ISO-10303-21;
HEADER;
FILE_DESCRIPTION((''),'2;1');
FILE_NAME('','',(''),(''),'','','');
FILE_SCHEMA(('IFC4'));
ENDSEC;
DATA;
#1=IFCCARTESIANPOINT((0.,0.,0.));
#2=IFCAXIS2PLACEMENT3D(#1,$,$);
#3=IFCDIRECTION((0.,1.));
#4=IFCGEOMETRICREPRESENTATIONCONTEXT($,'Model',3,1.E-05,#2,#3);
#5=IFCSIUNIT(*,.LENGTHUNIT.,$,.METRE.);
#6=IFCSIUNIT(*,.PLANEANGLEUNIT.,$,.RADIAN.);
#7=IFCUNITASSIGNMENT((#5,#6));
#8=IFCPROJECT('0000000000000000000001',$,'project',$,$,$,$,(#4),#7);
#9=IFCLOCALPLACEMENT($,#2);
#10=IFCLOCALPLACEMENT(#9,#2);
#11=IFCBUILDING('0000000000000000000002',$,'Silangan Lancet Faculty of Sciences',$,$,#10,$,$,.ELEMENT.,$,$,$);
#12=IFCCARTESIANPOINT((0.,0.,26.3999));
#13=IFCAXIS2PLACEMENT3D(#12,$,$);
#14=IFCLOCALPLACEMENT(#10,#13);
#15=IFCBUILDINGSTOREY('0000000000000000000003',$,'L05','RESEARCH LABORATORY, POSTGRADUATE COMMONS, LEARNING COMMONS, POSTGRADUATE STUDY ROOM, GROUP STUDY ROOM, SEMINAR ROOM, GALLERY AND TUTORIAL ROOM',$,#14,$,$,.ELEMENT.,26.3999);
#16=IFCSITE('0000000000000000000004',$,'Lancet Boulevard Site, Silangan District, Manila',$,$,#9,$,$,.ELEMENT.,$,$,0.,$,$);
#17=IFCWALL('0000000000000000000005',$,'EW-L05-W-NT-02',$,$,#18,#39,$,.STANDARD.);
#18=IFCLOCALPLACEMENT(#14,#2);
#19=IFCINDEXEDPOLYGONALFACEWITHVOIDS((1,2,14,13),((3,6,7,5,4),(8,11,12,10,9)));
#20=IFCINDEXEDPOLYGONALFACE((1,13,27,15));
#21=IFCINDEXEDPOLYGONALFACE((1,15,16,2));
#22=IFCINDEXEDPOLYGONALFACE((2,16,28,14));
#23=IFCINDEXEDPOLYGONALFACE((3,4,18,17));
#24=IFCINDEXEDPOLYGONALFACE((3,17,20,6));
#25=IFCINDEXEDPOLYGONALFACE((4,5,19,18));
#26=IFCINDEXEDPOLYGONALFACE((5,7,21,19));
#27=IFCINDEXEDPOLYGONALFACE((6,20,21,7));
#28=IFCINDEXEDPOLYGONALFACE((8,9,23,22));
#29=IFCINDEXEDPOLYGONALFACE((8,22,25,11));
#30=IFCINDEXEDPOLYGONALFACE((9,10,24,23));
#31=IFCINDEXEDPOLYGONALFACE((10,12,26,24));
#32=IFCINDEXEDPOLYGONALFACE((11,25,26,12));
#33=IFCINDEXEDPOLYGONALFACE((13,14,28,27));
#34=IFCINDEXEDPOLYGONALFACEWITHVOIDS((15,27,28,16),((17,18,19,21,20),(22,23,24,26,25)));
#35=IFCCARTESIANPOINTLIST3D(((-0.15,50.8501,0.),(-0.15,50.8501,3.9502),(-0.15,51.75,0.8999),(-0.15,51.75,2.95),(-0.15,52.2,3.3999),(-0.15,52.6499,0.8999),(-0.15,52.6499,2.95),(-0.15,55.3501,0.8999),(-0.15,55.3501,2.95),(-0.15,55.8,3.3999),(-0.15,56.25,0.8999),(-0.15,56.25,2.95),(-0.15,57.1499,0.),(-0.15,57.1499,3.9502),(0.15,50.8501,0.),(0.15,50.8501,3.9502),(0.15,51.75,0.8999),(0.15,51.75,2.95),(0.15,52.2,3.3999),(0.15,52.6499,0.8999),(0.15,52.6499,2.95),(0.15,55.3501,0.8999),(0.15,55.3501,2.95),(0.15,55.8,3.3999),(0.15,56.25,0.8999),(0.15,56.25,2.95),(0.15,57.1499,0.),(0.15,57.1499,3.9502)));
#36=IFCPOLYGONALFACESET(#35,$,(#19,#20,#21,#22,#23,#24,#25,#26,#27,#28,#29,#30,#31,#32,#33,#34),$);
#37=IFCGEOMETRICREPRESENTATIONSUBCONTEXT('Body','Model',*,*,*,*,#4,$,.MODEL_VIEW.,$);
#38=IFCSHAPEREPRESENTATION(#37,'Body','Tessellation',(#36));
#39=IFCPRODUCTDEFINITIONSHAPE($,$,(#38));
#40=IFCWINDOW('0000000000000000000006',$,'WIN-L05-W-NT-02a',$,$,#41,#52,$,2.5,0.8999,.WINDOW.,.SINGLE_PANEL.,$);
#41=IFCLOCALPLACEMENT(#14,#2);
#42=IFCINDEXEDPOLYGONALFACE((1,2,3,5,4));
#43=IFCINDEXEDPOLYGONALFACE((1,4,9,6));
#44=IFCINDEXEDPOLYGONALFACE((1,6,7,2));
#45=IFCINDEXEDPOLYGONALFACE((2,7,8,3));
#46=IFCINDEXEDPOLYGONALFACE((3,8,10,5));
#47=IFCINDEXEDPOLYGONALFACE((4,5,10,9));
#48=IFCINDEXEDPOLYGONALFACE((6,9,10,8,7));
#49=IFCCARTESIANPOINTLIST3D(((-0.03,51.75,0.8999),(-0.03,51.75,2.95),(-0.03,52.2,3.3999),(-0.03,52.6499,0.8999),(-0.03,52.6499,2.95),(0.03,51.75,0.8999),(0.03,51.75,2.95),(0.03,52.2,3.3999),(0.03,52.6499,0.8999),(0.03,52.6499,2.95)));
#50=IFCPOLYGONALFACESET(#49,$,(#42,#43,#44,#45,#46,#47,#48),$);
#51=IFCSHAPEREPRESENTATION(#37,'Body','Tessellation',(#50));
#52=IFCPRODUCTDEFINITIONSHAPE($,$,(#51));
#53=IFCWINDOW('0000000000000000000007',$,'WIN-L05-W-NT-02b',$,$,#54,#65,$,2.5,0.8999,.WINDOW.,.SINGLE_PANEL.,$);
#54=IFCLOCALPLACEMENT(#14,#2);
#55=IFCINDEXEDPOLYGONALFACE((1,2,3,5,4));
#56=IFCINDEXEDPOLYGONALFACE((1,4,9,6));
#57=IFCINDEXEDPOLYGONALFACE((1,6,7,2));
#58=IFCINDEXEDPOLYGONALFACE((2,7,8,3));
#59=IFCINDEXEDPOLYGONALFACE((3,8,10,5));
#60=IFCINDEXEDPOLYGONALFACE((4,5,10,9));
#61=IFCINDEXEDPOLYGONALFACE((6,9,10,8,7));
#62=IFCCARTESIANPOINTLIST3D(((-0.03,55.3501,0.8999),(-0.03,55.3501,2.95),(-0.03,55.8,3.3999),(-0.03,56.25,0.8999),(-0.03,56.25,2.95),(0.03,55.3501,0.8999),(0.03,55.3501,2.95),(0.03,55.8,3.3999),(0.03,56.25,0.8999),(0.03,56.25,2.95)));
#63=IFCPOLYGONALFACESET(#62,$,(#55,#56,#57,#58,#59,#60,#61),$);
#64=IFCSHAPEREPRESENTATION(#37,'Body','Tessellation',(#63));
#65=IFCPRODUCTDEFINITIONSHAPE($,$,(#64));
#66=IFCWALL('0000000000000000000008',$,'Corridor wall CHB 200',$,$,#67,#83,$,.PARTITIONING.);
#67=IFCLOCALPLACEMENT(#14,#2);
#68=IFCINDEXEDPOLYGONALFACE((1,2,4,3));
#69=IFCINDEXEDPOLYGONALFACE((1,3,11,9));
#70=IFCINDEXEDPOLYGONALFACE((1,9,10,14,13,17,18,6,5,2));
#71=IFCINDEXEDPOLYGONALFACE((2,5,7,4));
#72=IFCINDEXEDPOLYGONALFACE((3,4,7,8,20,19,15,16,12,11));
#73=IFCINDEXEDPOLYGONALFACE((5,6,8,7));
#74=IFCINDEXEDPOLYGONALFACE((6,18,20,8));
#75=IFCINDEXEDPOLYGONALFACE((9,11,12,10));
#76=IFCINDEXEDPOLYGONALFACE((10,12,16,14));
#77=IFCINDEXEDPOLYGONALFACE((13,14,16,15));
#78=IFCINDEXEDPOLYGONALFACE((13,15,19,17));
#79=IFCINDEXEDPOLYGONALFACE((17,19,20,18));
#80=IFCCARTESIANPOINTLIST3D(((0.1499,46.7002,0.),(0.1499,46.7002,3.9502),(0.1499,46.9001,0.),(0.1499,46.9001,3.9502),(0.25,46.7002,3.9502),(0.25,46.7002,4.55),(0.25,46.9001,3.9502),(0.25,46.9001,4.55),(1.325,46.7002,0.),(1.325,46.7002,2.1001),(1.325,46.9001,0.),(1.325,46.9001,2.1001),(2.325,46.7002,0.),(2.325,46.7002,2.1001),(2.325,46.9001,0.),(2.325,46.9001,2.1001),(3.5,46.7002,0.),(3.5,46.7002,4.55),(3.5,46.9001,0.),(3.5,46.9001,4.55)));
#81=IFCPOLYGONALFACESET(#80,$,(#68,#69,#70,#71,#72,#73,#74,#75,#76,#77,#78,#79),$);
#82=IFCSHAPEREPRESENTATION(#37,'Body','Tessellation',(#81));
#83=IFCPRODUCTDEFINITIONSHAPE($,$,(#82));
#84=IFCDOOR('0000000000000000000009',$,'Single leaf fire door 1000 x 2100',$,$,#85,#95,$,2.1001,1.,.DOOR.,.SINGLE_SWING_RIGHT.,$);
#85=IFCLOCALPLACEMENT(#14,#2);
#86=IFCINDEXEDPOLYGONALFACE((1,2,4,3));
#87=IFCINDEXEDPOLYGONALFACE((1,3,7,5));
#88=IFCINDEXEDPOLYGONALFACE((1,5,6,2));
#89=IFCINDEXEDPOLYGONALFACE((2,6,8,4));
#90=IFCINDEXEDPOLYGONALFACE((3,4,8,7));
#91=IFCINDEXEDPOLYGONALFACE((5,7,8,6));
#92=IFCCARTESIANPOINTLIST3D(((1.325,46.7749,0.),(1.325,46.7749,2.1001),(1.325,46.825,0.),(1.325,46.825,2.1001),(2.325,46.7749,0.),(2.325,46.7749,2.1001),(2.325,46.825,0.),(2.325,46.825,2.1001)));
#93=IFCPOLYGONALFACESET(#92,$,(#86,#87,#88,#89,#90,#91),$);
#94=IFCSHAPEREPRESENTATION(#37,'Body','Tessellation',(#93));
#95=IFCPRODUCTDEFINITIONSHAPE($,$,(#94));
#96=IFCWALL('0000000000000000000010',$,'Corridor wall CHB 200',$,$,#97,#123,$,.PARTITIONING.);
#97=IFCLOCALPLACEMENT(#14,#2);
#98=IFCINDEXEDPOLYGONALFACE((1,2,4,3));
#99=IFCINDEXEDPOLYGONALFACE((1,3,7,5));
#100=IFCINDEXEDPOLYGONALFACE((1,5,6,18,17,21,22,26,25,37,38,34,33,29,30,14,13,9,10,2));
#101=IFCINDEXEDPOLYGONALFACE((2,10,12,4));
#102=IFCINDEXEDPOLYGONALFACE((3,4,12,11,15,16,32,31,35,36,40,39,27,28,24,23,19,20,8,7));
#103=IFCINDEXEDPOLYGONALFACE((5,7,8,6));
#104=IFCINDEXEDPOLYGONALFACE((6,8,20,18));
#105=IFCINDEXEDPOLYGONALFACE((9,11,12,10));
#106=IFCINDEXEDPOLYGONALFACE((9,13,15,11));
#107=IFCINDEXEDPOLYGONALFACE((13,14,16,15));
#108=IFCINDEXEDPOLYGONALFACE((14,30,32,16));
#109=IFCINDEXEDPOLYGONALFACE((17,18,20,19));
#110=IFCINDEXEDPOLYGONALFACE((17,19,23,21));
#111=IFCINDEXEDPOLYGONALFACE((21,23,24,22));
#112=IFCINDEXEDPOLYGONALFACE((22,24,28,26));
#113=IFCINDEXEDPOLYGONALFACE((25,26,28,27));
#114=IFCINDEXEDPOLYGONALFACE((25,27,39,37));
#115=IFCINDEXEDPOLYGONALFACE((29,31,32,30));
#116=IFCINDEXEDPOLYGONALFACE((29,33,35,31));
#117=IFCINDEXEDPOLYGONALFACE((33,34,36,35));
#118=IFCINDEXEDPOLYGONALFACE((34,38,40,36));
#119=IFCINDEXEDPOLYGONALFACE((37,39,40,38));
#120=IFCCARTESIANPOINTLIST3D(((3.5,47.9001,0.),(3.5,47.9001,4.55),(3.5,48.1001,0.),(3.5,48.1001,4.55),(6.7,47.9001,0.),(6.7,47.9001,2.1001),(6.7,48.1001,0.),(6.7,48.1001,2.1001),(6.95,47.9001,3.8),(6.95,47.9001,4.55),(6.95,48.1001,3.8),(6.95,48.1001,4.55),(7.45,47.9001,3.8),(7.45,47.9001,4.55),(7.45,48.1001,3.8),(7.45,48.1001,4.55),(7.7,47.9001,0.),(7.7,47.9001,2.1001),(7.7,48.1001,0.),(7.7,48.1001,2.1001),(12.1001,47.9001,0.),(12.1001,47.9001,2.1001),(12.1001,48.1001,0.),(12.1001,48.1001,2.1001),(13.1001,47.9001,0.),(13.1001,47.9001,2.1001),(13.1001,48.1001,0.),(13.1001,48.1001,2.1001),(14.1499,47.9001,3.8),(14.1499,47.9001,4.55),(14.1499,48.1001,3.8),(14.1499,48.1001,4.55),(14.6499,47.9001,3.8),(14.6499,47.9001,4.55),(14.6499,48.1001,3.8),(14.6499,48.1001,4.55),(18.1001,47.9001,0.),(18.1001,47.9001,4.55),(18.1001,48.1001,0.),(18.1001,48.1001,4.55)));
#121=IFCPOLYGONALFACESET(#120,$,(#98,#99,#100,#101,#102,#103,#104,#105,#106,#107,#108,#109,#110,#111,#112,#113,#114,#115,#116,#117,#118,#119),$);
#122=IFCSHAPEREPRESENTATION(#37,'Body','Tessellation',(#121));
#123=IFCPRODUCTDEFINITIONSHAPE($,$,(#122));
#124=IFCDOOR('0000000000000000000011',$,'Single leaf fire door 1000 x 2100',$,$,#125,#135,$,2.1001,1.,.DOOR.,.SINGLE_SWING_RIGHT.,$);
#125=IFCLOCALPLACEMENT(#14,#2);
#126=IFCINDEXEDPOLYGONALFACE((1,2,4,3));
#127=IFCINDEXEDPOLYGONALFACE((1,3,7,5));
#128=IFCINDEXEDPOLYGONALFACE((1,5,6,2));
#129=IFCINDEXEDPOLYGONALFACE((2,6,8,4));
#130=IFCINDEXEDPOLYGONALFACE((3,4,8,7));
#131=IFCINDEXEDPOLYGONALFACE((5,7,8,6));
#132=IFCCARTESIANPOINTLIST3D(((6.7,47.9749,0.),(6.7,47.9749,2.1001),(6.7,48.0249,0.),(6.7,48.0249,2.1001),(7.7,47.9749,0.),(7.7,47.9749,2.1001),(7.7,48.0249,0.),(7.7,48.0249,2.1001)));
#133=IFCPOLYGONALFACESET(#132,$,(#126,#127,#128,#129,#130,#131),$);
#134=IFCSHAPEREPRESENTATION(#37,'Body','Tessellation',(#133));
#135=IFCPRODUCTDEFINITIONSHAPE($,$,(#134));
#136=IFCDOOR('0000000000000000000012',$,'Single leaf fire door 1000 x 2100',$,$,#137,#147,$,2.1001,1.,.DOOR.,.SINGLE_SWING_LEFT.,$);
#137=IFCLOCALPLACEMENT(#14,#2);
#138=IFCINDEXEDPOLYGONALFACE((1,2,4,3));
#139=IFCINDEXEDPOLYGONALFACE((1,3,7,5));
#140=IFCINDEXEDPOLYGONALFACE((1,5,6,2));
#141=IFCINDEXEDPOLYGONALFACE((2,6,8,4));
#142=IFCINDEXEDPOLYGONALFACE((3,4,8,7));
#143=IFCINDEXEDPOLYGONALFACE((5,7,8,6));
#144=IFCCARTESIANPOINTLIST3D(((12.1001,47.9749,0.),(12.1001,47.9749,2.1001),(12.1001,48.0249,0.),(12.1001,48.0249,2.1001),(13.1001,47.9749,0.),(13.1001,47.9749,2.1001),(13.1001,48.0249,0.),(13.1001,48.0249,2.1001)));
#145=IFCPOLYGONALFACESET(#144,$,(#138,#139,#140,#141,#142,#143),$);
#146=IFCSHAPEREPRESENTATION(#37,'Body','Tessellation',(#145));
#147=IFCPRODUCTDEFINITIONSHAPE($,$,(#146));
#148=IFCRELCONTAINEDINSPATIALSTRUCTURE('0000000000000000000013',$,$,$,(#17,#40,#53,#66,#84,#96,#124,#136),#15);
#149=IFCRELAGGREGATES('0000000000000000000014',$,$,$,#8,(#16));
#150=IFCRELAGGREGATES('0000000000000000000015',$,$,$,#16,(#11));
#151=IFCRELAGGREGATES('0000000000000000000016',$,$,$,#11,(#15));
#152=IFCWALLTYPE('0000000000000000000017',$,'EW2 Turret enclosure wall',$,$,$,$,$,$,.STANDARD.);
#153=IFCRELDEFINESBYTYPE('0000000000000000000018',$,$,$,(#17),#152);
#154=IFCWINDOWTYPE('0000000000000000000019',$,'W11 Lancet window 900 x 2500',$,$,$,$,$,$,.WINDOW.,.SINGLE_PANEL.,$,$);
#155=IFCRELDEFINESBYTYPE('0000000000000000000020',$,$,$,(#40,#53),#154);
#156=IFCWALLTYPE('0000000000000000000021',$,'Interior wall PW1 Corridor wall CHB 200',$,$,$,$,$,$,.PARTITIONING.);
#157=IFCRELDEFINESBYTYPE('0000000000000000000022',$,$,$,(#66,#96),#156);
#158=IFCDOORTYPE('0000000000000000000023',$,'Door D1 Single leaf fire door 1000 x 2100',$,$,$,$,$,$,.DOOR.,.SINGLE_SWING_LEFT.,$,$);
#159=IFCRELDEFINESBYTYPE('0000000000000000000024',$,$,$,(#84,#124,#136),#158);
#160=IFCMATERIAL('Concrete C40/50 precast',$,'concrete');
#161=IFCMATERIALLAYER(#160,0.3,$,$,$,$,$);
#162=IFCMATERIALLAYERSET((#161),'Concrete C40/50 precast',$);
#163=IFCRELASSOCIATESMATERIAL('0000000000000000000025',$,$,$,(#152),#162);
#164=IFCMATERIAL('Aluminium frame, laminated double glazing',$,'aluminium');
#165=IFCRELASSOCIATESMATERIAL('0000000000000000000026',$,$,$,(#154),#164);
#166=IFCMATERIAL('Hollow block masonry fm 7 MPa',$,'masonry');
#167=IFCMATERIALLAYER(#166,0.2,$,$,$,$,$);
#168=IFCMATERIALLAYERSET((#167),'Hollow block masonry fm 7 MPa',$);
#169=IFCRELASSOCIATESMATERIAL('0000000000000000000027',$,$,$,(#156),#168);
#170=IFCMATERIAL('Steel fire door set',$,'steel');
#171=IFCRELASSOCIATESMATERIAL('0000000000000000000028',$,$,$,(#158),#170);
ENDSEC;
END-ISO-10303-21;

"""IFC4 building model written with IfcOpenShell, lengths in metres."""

from ifc_helpers import new_model, si_unit, direction, frame, frame_2d, origin, place, context, subcontext, project, spatial, polyline, rectangle, outline, extrude, material, layer, layer_set, type_object, element, fill, save


model = new_model("IFC4")

# Units and contexts
model_context = context("Model", 3, precision=1e-05, world=origin(), true_north=direction((0.0, 1.0)))
body_context = subcontext(model_context, "Body", "Model", "MODEL_VIEW")
ifc_project = project(units=[si_unit("LENGTHUNIT", "METRE"), si_unit("PLANEANGLEUNIT", "RADIAN")], contexts=[model_context])

# Site, building, storey
site_placement = place(None, origin())
site = spatial("IfcSite", under=ifc_project, at=site_placement, Name="Lancet Boulevard Site, Silangan District, Manila", CompositionType="ELEMENT", RefElevation=0.0)
building_placement = place(site_placement, origin())
building = spatial("IfcBuilding", under=site, at=building_placement, Name="Silangan Lancet Faculty of Sciences", CompositionType="ELEMENT")
storey_placement = place(building_placement, frame((0.0, 0.0, 26.3999)))
storey = spatial("IfcBuildingStorey", under=building, at=storey_placement, Name="L05", Description="RESEARCH LABORATORY, POSTGRADUATE COMMONS, LEARNING COMMONS, POSTGRADUATE STUDY ROOM, GROUP STUDY ROOM, SEMINAR ROOM, GALLERY AND TUTORIAL ROOM", CompositionType="ELEMENT", Elevation=26.3999)

# Wall, openings, windows
ifc_material_1 = material(Name="Concrete C40/50 precast", Category="concrete")
ifc_layer_1 = layer(ifc_material_1, 0.3)
ifc_layer_set_1 = layer_set([ifc_layer_1], Name="Concrete C40/50 precast")
wall_type_1 = type_object("IfcWallType", Name="EW2 Turret enclosure wall", PredefinedType="STANDARD", material=ifc_layer_set_1)
wall_1_placement = place(storey_placement, frame((0.0, 50.8501, 0.0), z_axis=(0.0, 0.0, 1.0), x_axis=(0.0, 1.0, 0.0)))
wall_1 = element("IfcWall", 1, at=wall_1_placement, inside=storey, type_object=wall_type_1, Name="EW-L05-W-NT-02", PredefinedType="STANDARD", context=body_context, shape_type="SweptSolid", body=[
    extrude(rectangle(XDim=6.2998, YDim=0.3, at=frame_2d((3.1499, 0.0))), origin(), (0.0, 0.0, 1.0), 3.9502),
])
opening_1_placement = place(wall_1_placement, frame((0.8999, 0.0, 0.8999)))
opening_1 = element("IfcOpeningElement", 2, at=opening_1_placement, cuts=wall_1, PredefinedType="OPENING", context=body_context, shape_type="SweptSolid", body=[
    extrude(outline(polyline([(0.0, 0.0), (0.8999, 0.0), (0.8999, 2.05), (0.45, 2.5), (0.0, 2.05), (0.0, 0.0)])), frame((0.0, 0.1599, 0.0), z_axis=(0.0, -1.0, 0.0), x_axis=(1.0, 0.0, 0.0)), (0.0, 0.0, 1.0), 0.3201),
])
opening_2_placement = place(wall_1_placement, frame((4.5, 0.0, 0.8999)))
opening_2 = element("IfcOpeningElement", 3, at=opening_2_placement, cuts=wall_1, PredefinedType="OPENING", context=body_context, shape_type="SweptSolid", body=[
    extrude(outline(polyline([(0.0, 0.0), (0.8999, 0.0), (0.8999, 2.05), (0.45, 2.5), (0.0, 2.05), (0.0, 0.0)])), frame((0.0, 0.1599, 0.0), z_axis=(0.0, -1.0, 0.0), x_axis=(1.0, 0.0, 0.0)), (0.0, 0.0, 1.0), 0.3201),
])
ifc_material_2 = material(Name="Aluminium frame, laminated double glazing", Category="aluminium")
window_type_1 = type_object("IfcWindowType", Name="W11 Lancet window 900 x 2500", PartitioningType="SINGLE_PANEL", PredefinedType="WINDOW", material=ifc_material_2)
window_1_placement = place(opening_1_placement, origin())
window_1 = element("IfcWindow", 4, at=window_1_placement, inside=storey, type_object=window_type_1, Name="WIN-L05-W-NT-02a", OverallHeight=2.5, OverallWidth=0.8999, PartitioningType="SINGLE_PANEL", PredefinedType="WINDOW", context=body_context, shape_type="SweptSolid", body=[
    extrude(outline(polyline([(0.0, 0.0), (0.8999, 0.0), (0.8999, 2.05), (0.45, 2.5), (0.0, 2.05), (0.0, 0.0)])), frame((0.0, 0.03, 0.0), z_axis=(0.0, -1.0, 0.0), x_axis=(1.0, 0.0, 0.0)), (0.0, 0.0, 1.0), 0.0601),
])
fill(opening_1, window_1)
window_2_placement = place(opening_2_placement, origin())
window_2 = element("IfcWindow", 5, at=window_2_placement, inside=storey, type_object=window_type_1, Name="WIN-L05-W-NT-02b", OverallHeight=2.5, OverallWidth=0.8999, PartitioningType="SINGLE_PANEL", PredefinedType="WINDOW", context=body_context, shape_type="SweptSolid", body=[
    extrude(outline(polyline([(0.0, 0.0), (0.8999, 0.0), (0.8999, 2.05), (0.45, 2.5), (0.0, 2.05), (0.0, 0.0)])), frame((0.0, 0.03, 0.0), z_axis=(0.0, -1.0, 0.0), x_axis=(1.0, 0.0, 0.0)), (0.0, 0.0, 1.0), 0.0601),
])
fill(opening_2, window_2)

# Wall, opening, door
ifc_material_3 = material(Name="Hollow block masonry fm 7 MPa", Category="masonry")
ifc_layer_2 = layer(ifc_material_3, 0.2)
ifc_layer_set_2 = layer_set([ifc_layer_2], Name="Hollow block masonry fm 7 MPa")
wall_type_2 = type_object("IfcWallType", Name="Interior wall PW1 Corridor wall CHB 200", PredefinedType="PARTITIONING", material=ifc_layer_set_2)
wall_2_placement = place(storey_placement, frame((0.1499, 46.8, 0.0), z_axis=(0.0, 0.0, 1.0), x_axis=(1.0, 0.0, 0.0)))
wall_2 = element("IfcWall", 6, at=wall_2_placement, inside=storey, type_object=wall_type_2, Name="Corridor wall CHB 200", PredefinedType="PARTITIONING", context=body_context, shape_type="SweptSolid", body=[
    extrude(outline(polyline([(0.0, 0.0), (3.3501, 0.0), (3.3501, 4.55), (0.1001, 4.55), (0.1001, 3.9502), (0.0, 3.9502), (0.0, 0.0)])), frame((0.0, 0.1001, 0.0), z_axis=(0.0, -1.0, 0.0), x_axis=(1.0, 0.0, 0.0)), (0.0, 0.0, 1.0), 0.2),
])
opening_3_placement = place(wall_2_placement, frame((1.175, 0.0, 0.0)))
opening_3 = element("IfcOpeningElement", 7, at=opening_3_placement, cuts=wall_2, PredefinedType="OPENING", context=body_context, shape_type="SweptSolid", body=[
    extrude(rectangle(XDim=1.0, YDim=2.1001, at=frame_2d((0.5, 1.05))), frame((0.0, 0.1099, 0.0), z_axis=(0.0, -1.0, 0.0), x_axis=(1.0, 0.0, 0.0)), (0.0, 0.0, 1.0), 0.22),
])
ifc_material_4 = material(Name="Steel fire door set", Category="steel")
door_type_1 = type_object("IfcDoorType", Name="Door D1 Single leaf fire door 1000 x 2100", OperationType="SINGLE_SWING_LEFT", PredefinedType="DOOR", material=ifc_material_4)
door_1_placement = place(opening_3_placement, frame((1.0, 0.0, 0.0), z_axis=(0.0, 0.0, 1.0), x_axis=(-1.0, 0.0, 0.0)))
door_1 = element("IfcDoor", 8, at=door_1_placement, inside=storey, type_object=door_type_1, Name="Single leaf fire door 1000 x 2100", OperationType="SINGLE_SWING_RIGHT", OverallHeight=2.1001, OverallWidth=1.0, PredefinedType="DOOR", context=body_context, shape_type="SweptSolid", body=[
    extrude(rectangle(XDim=1.0, YDim=2.1001, at=frame_2d((0.5, 1.05))), frame((0.0, 0.0251, 0.0), z_axis=(0.0, -1.0, 0.0), x_axis=(1.0, 0.0, 0.0)), (0.0, 0.0, 1.0), 0.05),
])
fill(opening_3, door_1)

# Wall, openings, doors
wall_3_placement = place(storey_placement, frame((3.5, 48.0, 0.0), z_axis=(0.0, 0.0, 1.0), x_axis=(1.0, 0.0, 0.0)))
wall_3 = element("IfcWall", 9, at=wall_3_placement, inside=storey, type_object=wall_type_2, Name="Corridor wall CHB 200", PredefinedType="PARTITIONING", context=body_context, shape_type="SweptSolid", body=[
    extrude(outline(polyline([(0.0, 0.0), (14.6001, 0.0), (14.6001, 4.55), (11.1499, 4.55), (11.1499, 3.8), (10.6499, 3.8), (10.6499, 4.55), (3.95, 4.55), (3.95, 3.8), (3.45, 3.8), (3.45, 4.55), (0.0, 4.55), (0.0, 0.0)])), frame((0.0, 0.1001, 0.0), z_axis=(0.0, -1.0, 0.0), x_axis=(1.0, 0.0, 0.0)), (0.0, 0.0, 1.0), 0.2),
])
opening_4_placement = place(wall_3_placement, frame((3.2, 0.0, 0.0)))
opening_4 = element("IfcOpeningElement", 10, at=opening_4_placement, cuts=wall_3, PredefinedType="OPENING", context=body_context, shape_type="SweptSolid", body=[
    extrude(rectangle(XDim=1.0, YDim=2.1001, at=frame_2d((0.5, 1.05))), frame((0.0, 0.1099, 0.0), z_axis=(0.0, -1.0, 0.0), x_axis=(1.0, 0.0, 0.0)), (0.0, 0.0, 1.0), 0.22),
])
opening_5_placement = place(wall_3_placement, frame((8.6001, 0.0, 0.0)))
opening_5 = element("IfcOpeningElement", 11, at=opening_5_placement, cuts=wall_3, PredefinedType="OPENING", context=body_context, shape_type="SweptSolid", body=[
    extrude(rectangle(XDim=1.0, YDim=2.1001, at=frame_2d((0.5, 1.05))), frame((0.0, 0.1099, 0.0), z_axis=(0.0, -1.0, 0.0), x_axis=(1.0, 0.0, 0.0)), (0.0, 0.0, 1.0), 0.22),
])
door_2_placement = place(opening_4_placement, frame((1.0, 0.0, 0.0), z_axis=(0.0, 0.0, 1.0), x_axis=(-1.0, 0.0, 0.0)))
door_2 = element("IfcDoor", 12, at=door_2_placement, inside=storey, type_object=door_type_1, Name="Single leaf fire door 1000 x 2100", OperationType="SINGLE_SWING_RIGHT", OverallHeight=2.1001, OverallWidth=1.0, PredefinedType="DOOR", context=body_context, shape_type="SweptSolid", body=[
    extrude(rectangle(XDim=1.0, YDim=2.1001, at=frame_2d((0.5, 1.05))), frame((0.0, 0.0251, 0.0), z_axis=(0.0, -1.0, 0.0), x_axis=(1.0, 0.0, 0.0)), (0.0, 0.0, 1.0), 0.05),
])
fill(opening_4, door_2)
door_3_placement = place(opening_5_placement, frame((1.0, 0.0, 0.0), z_axis=(0.0, 0.0, 1.0), x_axis=(-1.0, 0.0, 0.0)))
door_3 = element("IfcDoor", 13, at=door_3_placement, inside=storey, type_object=door_type_1, Name="Single leaf fire door 1000 x 2100", OperationType="SINGLE_SWING_LEFT", OverallHeight=2.1001, OverallWidth=1.0, PredefinedType="DOOR", context=body_context, shape_type="SweptSolid", body=[
    extrude(rectangle(XDim=1.0, YDim=2.1001, at=frame_2d((0.5, 1.05))), frame((0.0, 0.0251, 0.0), z_axis=(0.0, -1.0, 0.0), x_axis=(1.0, 0.0, 0.0)), (0.0, 0.0, 1.0), 0.05),
])
fill(opening_5, door_3)

save(model, "model.ifc")
